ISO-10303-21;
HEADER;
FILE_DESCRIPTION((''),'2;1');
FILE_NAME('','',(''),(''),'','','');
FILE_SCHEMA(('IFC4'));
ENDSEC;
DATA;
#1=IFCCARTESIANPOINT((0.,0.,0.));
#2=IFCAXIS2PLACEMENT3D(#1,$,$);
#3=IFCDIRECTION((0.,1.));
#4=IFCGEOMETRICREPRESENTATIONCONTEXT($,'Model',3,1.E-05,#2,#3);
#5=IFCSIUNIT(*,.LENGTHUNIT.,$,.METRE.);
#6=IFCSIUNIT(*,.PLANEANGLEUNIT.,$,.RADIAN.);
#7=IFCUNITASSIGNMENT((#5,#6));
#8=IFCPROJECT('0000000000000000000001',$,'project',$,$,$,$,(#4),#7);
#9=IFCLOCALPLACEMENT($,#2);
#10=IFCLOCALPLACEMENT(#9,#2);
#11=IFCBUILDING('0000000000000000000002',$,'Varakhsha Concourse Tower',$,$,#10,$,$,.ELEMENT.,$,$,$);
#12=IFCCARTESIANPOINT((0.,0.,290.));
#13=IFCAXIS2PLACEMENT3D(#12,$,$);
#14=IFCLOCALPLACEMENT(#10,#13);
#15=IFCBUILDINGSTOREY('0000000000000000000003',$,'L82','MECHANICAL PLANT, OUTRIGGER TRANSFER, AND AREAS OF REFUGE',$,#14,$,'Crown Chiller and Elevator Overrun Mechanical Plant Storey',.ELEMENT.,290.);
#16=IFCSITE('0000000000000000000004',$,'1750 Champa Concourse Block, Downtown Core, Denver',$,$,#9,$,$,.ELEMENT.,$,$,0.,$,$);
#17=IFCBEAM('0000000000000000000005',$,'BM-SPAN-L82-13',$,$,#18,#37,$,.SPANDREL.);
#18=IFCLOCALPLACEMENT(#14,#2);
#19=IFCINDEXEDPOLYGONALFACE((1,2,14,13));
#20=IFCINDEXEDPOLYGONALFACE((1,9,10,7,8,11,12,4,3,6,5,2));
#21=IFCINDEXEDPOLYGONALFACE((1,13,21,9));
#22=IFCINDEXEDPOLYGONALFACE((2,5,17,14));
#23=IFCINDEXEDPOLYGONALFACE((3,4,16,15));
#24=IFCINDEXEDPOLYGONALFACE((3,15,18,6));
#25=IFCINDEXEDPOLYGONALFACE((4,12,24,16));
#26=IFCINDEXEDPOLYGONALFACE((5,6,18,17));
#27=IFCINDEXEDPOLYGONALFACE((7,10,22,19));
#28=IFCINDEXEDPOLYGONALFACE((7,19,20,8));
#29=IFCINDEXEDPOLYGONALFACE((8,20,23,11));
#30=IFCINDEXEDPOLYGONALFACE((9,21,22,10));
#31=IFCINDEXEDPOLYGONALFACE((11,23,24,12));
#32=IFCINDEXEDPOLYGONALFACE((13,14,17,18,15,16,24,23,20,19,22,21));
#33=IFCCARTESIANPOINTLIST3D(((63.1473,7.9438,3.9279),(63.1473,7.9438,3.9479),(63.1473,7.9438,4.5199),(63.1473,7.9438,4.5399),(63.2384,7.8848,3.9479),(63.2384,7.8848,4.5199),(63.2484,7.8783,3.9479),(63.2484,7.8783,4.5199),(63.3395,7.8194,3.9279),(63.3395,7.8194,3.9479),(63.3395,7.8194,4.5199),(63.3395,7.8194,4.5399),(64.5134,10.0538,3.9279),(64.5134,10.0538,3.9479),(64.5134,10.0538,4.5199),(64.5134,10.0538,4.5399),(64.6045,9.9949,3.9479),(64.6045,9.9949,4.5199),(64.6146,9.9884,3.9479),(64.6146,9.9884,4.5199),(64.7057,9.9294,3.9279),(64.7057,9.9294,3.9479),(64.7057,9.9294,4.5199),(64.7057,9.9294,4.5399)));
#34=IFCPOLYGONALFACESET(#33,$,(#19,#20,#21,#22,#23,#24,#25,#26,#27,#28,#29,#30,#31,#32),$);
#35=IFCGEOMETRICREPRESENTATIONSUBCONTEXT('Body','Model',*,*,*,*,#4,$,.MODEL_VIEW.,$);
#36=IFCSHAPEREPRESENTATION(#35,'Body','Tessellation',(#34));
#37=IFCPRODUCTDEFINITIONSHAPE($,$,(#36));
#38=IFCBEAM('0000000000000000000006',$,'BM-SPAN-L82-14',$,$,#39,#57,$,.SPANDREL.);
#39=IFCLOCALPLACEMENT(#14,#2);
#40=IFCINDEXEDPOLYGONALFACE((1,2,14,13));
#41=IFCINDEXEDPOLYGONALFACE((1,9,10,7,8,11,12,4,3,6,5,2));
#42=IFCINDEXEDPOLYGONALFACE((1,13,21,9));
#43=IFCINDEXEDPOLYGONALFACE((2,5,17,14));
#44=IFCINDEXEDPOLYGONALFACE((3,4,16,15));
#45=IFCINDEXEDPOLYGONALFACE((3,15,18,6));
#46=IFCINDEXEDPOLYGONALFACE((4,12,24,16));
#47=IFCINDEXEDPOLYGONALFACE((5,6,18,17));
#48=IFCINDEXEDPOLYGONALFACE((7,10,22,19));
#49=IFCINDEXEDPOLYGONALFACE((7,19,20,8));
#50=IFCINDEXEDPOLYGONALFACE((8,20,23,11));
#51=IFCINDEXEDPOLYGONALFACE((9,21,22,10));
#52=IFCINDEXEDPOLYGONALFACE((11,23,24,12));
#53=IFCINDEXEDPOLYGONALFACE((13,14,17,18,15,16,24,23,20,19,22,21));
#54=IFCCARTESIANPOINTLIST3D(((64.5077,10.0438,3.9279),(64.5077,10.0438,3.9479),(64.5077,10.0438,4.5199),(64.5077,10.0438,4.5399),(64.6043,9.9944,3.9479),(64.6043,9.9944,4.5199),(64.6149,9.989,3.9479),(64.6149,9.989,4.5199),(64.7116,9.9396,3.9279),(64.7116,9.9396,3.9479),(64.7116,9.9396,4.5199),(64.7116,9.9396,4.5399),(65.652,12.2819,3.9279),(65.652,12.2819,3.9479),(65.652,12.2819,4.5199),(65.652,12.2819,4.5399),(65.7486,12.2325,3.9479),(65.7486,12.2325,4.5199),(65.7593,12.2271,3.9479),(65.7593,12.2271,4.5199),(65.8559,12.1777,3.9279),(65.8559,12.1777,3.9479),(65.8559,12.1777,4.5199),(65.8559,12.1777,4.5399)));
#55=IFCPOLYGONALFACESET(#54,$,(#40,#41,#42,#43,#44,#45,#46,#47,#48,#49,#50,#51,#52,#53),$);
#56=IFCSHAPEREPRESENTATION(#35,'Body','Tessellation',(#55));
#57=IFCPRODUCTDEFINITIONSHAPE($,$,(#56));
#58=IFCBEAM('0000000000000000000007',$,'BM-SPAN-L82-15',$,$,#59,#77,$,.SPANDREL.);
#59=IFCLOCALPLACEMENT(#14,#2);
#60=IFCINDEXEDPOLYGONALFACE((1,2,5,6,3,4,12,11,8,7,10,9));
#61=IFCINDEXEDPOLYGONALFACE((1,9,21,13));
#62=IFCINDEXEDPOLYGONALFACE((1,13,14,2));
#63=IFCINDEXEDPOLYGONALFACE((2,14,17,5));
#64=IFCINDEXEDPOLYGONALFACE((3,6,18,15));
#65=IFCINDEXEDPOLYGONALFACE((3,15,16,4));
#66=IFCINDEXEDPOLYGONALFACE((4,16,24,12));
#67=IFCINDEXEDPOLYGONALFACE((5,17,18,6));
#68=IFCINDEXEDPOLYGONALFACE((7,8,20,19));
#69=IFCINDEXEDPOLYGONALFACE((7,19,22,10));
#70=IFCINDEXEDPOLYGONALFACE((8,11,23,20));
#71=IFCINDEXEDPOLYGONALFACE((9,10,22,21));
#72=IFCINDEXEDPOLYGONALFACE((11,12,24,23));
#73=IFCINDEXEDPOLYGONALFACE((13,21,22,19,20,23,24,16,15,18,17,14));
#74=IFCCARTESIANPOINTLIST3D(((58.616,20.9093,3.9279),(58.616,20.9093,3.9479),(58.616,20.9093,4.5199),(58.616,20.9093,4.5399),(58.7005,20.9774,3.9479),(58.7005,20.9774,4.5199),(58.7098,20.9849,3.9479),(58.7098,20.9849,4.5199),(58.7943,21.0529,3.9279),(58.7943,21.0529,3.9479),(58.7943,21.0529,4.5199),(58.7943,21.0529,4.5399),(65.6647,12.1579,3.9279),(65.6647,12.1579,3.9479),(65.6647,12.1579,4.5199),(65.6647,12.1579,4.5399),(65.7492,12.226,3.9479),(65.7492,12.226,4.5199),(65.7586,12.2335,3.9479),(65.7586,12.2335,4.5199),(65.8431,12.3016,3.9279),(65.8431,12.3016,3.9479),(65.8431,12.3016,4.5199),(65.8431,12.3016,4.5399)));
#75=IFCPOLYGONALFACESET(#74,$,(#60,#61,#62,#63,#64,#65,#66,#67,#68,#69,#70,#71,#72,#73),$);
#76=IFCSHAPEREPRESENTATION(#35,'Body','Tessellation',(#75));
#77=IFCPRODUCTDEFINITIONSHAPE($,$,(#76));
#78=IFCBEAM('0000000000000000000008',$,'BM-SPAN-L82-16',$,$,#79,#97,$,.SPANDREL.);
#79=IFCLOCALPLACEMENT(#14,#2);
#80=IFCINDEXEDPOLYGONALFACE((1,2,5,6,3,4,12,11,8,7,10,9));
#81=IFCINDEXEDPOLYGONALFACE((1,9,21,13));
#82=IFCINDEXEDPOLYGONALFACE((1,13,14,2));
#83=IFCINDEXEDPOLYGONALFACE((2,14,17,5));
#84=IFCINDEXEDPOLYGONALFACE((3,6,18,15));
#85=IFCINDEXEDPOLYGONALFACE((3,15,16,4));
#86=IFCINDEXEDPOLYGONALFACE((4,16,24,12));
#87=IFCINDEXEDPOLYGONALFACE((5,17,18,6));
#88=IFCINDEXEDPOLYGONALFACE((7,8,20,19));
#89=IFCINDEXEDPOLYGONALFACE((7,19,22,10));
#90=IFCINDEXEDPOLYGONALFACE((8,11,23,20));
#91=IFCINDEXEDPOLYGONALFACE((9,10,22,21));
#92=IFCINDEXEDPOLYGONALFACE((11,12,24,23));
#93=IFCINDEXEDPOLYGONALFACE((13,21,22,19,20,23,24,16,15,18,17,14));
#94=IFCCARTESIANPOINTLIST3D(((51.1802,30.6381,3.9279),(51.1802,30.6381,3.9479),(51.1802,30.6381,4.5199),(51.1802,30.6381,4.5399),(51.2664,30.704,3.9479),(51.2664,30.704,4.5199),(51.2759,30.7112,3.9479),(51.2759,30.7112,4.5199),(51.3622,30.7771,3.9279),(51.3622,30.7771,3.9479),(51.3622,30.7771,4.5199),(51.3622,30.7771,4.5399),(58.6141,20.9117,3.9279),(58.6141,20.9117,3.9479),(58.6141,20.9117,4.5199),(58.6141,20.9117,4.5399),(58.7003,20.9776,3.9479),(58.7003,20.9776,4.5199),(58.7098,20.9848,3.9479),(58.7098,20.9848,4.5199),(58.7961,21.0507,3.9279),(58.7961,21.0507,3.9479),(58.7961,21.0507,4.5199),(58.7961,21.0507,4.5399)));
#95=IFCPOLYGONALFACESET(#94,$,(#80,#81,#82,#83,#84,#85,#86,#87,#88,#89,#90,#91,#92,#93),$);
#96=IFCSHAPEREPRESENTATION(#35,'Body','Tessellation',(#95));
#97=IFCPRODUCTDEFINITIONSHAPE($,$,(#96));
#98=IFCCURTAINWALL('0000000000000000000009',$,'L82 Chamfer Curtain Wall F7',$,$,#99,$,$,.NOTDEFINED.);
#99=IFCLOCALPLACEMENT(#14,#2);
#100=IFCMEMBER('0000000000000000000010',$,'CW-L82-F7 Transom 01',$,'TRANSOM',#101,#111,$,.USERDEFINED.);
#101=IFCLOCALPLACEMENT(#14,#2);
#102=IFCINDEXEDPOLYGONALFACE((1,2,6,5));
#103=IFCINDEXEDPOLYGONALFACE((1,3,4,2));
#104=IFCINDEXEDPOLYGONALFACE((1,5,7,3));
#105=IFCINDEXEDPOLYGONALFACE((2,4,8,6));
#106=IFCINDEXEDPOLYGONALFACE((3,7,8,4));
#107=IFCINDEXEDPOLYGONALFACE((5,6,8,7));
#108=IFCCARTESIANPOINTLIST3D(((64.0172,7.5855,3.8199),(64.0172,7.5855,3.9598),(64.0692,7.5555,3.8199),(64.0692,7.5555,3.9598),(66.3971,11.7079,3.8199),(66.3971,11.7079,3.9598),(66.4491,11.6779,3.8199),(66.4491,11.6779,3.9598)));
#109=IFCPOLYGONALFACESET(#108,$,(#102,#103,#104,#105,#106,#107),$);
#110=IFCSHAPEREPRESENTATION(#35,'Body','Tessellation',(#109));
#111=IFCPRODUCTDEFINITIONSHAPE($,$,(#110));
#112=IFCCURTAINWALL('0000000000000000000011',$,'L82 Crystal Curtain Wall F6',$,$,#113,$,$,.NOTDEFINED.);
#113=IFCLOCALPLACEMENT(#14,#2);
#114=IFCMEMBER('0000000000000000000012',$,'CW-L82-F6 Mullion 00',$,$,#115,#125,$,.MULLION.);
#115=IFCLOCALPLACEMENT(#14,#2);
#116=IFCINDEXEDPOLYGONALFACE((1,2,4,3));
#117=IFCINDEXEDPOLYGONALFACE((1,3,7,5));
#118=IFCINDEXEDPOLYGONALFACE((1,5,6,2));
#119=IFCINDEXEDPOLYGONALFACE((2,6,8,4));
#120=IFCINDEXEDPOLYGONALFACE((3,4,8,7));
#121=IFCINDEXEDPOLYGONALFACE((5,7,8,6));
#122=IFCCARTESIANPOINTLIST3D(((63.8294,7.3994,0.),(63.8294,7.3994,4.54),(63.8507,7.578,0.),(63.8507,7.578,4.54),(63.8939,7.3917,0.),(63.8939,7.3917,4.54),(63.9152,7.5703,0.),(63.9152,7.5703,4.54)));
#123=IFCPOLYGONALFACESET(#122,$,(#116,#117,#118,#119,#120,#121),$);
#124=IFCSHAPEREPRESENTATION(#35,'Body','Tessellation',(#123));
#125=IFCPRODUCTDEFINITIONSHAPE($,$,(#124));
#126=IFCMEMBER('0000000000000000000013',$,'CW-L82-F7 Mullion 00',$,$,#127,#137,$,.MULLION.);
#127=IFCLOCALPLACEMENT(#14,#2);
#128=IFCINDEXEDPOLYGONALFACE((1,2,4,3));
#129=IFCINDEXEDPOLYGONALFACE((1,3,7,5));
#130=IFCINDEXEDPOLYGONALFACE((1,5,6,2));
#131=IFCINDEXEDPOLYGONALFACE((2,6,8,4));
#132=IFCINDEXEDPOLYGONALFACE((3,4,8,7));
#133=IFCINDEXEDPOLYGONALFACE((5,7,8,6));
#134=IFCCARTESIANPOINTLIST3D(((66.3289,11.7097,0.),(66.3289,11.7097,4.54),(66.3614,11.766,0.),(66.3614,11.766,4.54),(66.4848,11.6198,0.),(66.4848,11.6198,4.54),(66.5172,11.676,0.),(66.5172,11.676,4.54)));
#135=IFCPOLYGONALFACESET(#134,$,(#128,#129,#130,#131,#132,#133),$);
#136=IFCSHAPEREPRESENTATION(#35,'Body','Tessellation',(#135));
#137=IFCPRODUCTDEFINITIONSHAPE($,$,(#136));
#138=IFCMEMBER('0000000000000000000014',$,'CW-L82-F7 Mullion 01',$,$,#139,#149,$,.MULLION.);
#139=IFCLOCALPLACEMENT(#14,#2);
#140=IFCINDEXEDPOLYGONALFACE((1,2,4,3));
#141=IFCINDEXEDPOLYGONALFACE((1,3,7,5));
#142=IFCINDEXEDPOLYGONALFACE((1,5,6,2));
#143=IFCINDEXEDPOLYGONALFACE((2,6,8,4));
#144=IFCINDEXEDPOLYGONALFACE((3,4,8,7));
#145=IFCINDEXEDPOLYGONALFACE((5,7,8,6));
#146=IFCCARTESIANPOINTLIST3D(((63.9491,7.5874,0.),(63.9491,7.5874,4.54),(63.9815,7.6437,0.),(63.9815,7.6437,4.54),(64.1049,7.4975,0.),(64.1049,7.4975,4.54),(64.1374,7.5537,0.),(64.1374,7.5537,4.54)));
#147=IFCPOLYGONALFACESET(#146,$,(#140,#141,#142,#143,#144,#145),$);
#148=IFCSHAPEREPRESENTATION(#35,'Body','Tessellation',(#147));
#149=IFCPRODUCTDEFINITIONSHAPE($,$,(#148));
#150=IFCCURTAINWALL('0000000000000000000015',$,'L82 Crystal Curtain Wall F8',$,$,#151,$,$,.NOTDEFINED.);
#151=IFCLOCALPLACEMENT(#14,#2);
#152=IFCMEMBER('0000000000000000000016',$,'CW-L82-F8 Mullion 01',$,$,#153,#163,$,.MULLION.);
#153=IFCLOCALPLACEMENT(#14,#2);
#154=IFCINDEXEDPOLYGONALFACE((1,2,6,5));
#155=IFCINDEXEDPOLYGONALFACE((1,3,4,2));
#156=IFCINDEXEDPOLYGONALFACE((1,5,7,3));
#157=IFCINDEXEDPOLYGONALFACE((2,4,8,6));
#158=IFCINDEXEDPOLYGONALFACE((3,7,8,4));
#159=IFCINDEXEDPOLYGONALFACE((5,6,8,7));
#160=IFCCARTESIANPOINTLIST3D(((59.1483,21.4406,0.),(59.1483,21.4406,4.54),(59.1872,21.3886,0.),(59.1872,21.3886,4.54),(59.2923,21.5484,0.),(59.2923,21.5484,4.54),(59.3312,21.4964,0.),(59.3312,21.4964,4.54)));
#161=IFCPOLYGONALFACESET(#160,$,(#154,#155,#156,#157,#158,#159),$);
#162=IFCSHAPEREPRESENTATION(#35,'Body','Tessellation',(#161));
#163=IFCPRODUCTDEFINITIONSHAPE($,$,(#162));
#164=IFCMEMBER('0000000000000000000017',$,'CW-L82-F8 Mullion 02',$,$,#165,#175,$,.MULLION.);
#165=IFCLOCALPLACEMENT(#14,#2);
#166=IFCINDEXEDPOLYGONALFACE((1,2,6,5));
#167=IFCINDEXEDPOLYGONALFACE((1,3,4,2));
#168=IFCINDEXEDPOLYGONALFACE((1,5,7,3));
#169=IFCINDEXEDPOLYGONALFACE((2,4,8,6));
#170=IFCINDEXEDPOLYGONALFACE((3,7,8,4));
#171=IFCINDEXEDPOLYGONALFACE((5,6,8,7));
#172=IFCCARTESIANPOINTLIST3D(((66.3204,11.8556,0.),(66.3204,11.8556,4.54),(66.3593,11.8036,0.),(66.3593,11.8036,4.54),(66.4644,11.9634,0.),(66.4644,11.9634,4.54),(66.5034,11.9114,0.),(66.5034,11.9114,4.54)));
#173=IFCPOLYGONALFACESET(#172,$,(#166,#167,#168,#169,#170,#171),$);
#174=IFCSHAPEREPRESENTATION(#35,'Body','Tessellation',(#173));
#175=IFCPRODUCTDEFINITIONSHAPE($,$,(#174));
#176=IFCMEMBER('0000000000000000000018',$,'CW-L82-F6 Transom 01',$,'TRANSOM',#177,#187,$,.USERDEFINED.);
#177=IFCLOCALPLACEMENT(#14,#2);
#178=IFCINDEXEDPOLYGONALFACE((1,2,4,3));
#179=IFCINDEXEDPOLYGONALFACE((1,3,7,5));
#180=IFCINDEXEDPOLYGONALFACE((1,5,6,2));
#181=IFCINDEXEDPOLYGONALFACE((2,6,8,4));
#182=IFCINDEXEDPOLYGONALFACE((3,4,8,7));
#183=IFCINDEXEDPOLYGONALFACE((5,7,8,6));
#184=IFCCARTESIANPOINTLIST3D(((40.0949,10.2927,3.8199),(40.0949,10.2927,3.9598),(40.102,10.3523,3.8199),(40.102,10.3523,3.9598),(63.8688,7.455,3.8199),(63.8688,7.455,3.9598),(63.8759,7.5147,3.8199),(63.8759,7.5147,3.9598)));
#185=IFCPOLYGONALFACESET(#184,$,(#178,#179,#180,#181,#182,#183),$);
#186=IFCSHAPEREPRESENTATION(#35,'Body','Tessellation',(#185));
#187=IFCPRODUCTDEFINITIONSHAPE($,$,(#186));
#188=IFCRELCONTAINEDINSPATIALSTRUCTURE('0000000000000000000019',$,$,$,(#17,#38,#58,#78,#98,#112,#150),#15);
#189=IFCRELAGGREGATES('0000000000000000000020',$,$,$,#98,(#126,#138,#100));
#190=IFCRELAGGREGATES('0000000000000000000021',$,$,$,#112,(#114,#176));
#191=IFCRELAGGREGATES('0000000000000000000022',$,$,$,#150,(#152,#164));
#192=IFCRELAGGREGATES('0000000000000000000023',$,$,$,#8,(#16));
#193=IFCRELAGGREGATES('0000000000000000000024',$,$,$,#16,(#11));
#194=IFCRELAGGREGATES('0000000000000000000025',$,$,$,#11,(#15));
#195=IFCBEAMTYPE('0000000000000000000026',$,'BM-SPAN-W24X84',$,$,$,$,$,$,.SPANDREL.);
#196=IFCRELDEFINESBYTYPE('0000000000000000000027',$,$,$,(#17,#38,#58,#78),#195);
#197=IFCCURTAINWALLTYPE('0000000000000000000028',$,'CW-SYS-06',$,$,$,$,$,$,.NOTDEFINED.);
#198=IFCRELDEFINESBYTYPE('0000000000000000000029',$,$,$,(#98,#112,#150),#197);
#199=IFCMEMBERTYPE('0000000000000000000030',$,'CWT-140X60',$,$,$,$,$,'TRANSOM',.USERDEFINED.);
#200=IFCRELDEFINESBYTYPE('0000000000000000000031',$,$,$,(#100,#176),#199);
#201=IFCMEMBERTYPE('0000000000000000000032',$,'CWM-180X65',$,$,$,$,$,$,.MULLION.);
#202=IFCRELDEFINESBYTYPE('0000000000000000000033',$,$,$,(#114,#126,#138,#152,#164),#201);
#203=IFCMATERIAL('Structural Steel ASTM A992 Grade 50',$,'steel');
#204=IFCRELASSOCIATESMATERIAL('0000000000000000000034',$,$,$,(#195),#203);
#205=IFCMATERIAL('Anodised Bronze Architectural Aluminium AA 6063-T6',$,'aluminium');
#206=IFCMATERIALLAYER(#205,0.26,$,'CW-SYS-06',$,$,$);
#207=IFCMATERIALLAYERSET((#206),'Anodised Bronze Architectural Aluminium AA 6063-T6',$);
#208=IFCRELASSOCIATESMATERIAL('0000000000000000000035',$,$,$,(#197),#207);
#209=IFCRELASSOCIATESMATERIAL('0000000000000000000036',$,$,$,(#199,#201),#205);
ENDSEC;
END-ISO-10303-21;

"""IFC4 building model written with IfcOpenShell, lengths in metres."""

from ifc_helpers import new_model, si_unit, direction, frame, origin, origin_2d, place, context, subcontext, project, spatial, rectangle, i_section, extrude, source, transform, mapped, material, layer, layer_set, material_profile, profile_set, type_object, type_shapes, element, aggregate, save


model = new_model("IFC4")

# Units and contexts
model_context = context("Model", 3, precision=1e-05, world=origin(), true_north=direction((0.0, 1.0)))
body_context = subcontext(model_context, "Body", "Model", "MODEL_VIEW")
ifc_project = project(units=[si_unit("LENGTHUNIT", "METRE"), si_unit("PLANEANGLEUNIT", "RADIAN")], contexts=[model_context])

# Site, building, storey
site_placement = place(None, origin())
site = spatial("IfcSite", under=ifc_project, at=site_placement, Name="1750 Champa Concourse Block, Downtown Core, Denver", CompositionType="ELEMENT", RefElevation=0.0)
building_placement = place(site_placement, origin())
building = spatial("IfcBuilding", under=site, at=building_placement, Name="Varakhsha Concourse Tower", CompositionType="ELEMENT")
storey_placement = place(building_placement, frame((0.0, 0.0, 290.0)))
storey = spatial("IfcBuildingStorey", under=building, at=storey_placement, Name="L82", Description="MECHANICAL PLANT, OUTRIGGER TRANSFER, AND AREAS OF REFUGE", LongName="Crown Chiller and Elevator Overrun Mechanical Plant Storey", CompositionType="ELEMENT", Elevation=290.0)

# Beams
ifc_material_1 = material(Name="Structural Steel ASTM A992 Grade 50", Category="steel")
ifc_material_profile_1 = material_profile(ifc_material_1, i_section(OverallWidth=0.229, OverallDepth=0.6121, WebThickness=0.012, FlangeThickness=0.02, at=origin_2d()), Name="W24X84")
ifc_profile_set_1 = profile_set([ifc_material_profile_1], Name="Structural Steel ASTM A992 Grade 50")
beam_type_1 = type_object("IfcBeamType", Name="BM-SPAN-W24X84", PredefinedType="SPANDREL", material=ifc_profile_set_1)
for number, where, z_axis, x_axis, name in (
    (1, (63.2434, 7.8816, 4.2339), (0.543489, 0.839416, 0.0), (-0.839416, 0.543489, 0.0), "BM-SPAN-L82-13"),
    (2, (64.6096, 9.9917, 4.2339), (0.455238, 0.89037, 0.0), (-0.89037, 0.455238, 0.0), "BM-SPAN-L82-14"),
):
    element("IfcBeam", number, at=place(storey_placement, frame(where, z_axis=z_axis, x_axis=x_axis)), inside=storey, type_object=beam_type_1, Name=name, PredefinedType="SPANDREL", context=body_context, shape_type="SweptSolid", body=[
        extrude(i_section(OverallWidth=0.229, OverallDepth=0.6121, WebThickness=0.012, FlangeThickness=0.02, at=origin_2d()), origin(), (0.0, 0.0, 1.0), 2.5137),
    ])
beam_1_placement = place(storey_placement, frame((65.7539, 12.2297, 4.2339), z_axis=(-0.627278, 0.778796, 0.0), x_axis=(-0.778796, -0.627278, 0.0)))
element("IfcBeam", 3, at=beam_1_placement, inside=storey, type_object=beam_type_1, Name="BM-SPAN-L82-15", PredefinedType="SPANDREL", context=body_context, shape_type="SweptSolid", body=[
    extrude(i_section(OverallWidth=0.229, OverallDepth=0.6121, WebThickness=0.012, FlangeThickness=0.02, at=origin_2d()), origin(), (0.0, 0.0, 1.0), 11.2371),
])
beam_2_placement = place(storey_placement, frame((58.7051, 20.9812, 4.2339), z_axis=(-0.607247, 0.794513, 0.0), x_axis=(-0.794513, -0.607247, 0.0)))
element("IfcBeam", 4, at=beam_2_placement, inside=storey, type_object=beam_type_1, Name="BM-SPAN-L82-16", PredefinedType="SPANDREL", context=body_context, shape_type="SweptSolid", body=[
    extrude(i_section(OverallWidth=0.229, OverallDepth=0.6121, WebThickness=0.012, FlangeThickness=0.02, at=origin_2d()), origin(), (0.0, 0.0, 1.0), 12.2419),
])

# Curtain walls, members
ifc_material_2 = material(Name="Anodised Bronze Architectural Aluminium AA 6063-T6", Category="aluminium")
ifc_layer_1 = layer(ifc_material_2, 0.26, Name="CW-SYS-06")
ifc_layer_set_1 = layer_set([ifc_layer_1], Name="Anodised Bronze Architectural Aluminium AA 6063-T6")
curtain_wall_type = type_object("IfcCurtainWallType", Name="CW-SYS-06", PredefinedType="NOTDEFINED", material=ifc_layer_set_1)
curtain_wall_1_placement = place(storey_placement, origin())
curtain_wall_1 = element("IfcCurtainWall", 5, at=curtain_wall_1_placement, inside=storey, type_object=curtain_wall_type, Name="L82 Chamfer Curtain Wall F7", PredefinedType="NOTDEFINED")
ifc_material_profile_2 = material_profile(ifc_material_2, rectangle(XDim=0.0601, YDim=0.1399, at=origin_2d()), Name="CWT-140X60")
ifc_profile_set_2 = profile_set([ifc_material_profile_2], Name="Anodised Bronze Architectural Aluminium AA 6063-T6")
member_type_1 = type_object("IfcMemberType", Name="CWT-140X60", ElementType="TRANSOM", PredefinedType="USERDEFINED", material=ifc_profile_set_2)
shared_shape_1 = source(origin(), body_context, "Body", "SweptSolid", [
    extrude(rectangle(XDim=0.0601, YDim=0.1399, at=origin_2d()), origin(), (0.0, 0.0, 1.0), 4.76),
])
member_1_placement = place(storey_placement, frame((66.4231, 11.6929, 3.8899), z_axis=(-0.499978, -0.866038, 0.0), x_axis=(0.866038, -0.499978, 0.0)))
member_1 = element("IfcMember", 6, at=member_1_placement, type_object=member_type_1, Name="CW-L82-F7 Transom 01", ObjectType="TRANSOM", PredefinedType="USERDEFINED", context=body_context, shape_type="MappedRepresentation", body=[
    mapped(shared_shape_1, transform((0.0, 0.0, 0.0), scale=1.0)),
])
curtain_wall_2_placement = place(storey_placement, origin())
curtain_wall_2 = element("IfcCurtainWall", 7, at=curtain_wall_2_placement, inside=storey, type_object=curtain_wall_type, Name="L82 Crystal Curtain Wall F6", PredefinedType="NOTDEFINED")
ifc_material_profile_3 = material_profile(ifc_material_2, rectangle(XDim=0.0649, YDim=0.1799, at=origin_2d()), Name="CWM-180X65")
ifc_profile_set_3 = profile_set([ifc_material_profile_3], Name="Anodised Bronze Architectural Aluminium AA 6063-T6")
member_type_2 = type_object("IfcMemberType", Name="CWM-180X65", PredefinedType="MULLION", material=ifc_profile_set_3)
shared_shape_2 = source(origin(), body_context, "Body", "SweptSolid", [
    extrude(rectangle(XDim=0.0649, YDim=0.1799, at=origin_2d()), origin(), (0.0, 0.0, 1.0), 4.54),
])
type_shapes(member_type_2, [shared_shape_2])
member_2_placement = place(storey_placement, frame((63.8723, 7.4849, 0.0), z_axis=(0.0, 0.0, 1.0), x_axis=(-0.992952, 0.118513, 0.0)))
member_2 = element("IfcMember", 8, at=member_2_placement, type_object=member_type_2, Name="CW-L82-F6 Mullion 00", PredefinedType="MULLION", context=body_context, shape_type="MappedRepresentation", body=[
    mapped(shared_shape_2, transform((0.0, 0.0, 0.0), scale=1.0)),
])

# Members
member_3_placement = place(storey_placement, frame((66.4231, 11.6929, 0.0), z_axis=(0.0, 0.0, 1.0), x_axis=(-0.499998, -0.866026, 0.0)))
member_3 = element("IfcMember", 9, at=member_3_placement, type_object=member_type_2, Name="CW-L82-F7 Mullion 00", PredefinedType="MULLION", context=body_context, shape_type="MappedRepresentation", body=[
    mapped(shared_shape_2, transform((0.0, 0.0, 0.0), scale=1.0)),
])
member_4_placement = place(storey_placement, frame((64.0432, 7.5706, 0.0), z_axis=(0.0, 0.0, 1.0), x_axis=(-0.499998, -0.866026, 0.0)))
member_4 = element("IfcMember", 10, at=member_4_placement, type_object=member_type_2, Name="CW-L82-F7 Mullion 01", PredefinedType="MULLION", context=body_context, shape_type="MappedRepresentation", body=[
    mapped(shared_shape_2, transform((0.0, 0.0, 0.0), scale=1.0)),
])

# Curtain wall, members
curtain_wall_3_placement = place(storey_placement, origin())
curtain_wall_3 = element("IfcCurtainWall", 11, at=curtain_wall_3_placement, inside=storey, type_object=curtain_wall_type, Name="L82 Crystal Curtain Wall F8", PredefinedType="NOTDEFINED")
member_5_placement = place(storey_placement, frame((59.2397, 21.4685, 0.0), z_axis=(0.0, 0.0, 1.0), x_axis=(0.599112, -0.800666, 0.0)))
member_5 = element("IfcMember", 12, at=member_5_placement, type_object=member_type_2, Name="CW-L82-F8 Mullion 01", PredefinedType="MULLION", context=body_context, shape_type="MappedRepresentation", body=[
    mapped(shared_shape_2, transform((0.0, 0.0, 0.0), scale=1.0)),
])
member_6_placement = place(storey_placement, frame((66.4119, 11.8835, 0.0), z_axis=(0.0, 0.0, 1.0), x_axis=(0.599112, -0.800666, 0.0)))
member_6 = element("IfcMember", 13, at=member_6_placement, type_object=member_type_2, Name="CW-L82-F8 Mullion 02", PredefinedType="MULLION", context=body_context, shape_type="MappedRepresentation", body=[
    mapped(shared_shape_2, transform((0.0, 0.0, 0.0), scale=1.0)),
])

# Member
shared_shape_3 = source(origin(), body_context, "Body", "SweptSolid", [
    extrude(rectangle(XDim=0.0601, YDim=0.1399, at=origin_2d()), origin(), (0.0, 0.0, 1.0), 23.9426),
])
type_shapes(member_type_1, [shared_shape_1, shared_shape_3])
member_7_placement = place(storey_placement, frame((63.8723, 7.4849, 3.8899), z_axis=(-0.992952, 0.118518, 0.0), x_axis=(-0.118518, -0.992952, 0.0)))
member_7 = element("IfcMember", 14, at=member_7_placement, type_object=member_type_1, Name="CW-L82-F6 Transom 01", ObjectType="TRANSOM", PredefinedType="USERDEFINED", context=body_context, shape_type="MappedRepresentation", body=[
    mapped(shared_shape_3, transform((0.0, 0.0, 0.0), scale=1.0)),
])

aggregate(curtain_wall_1, [member_3, member_4, member_1])
aggregate(curtain_wall_2, [member_2, member_7])
aggregate(curtain_wall_3, [member_5, member_6])

save(model, "model.ifc")
